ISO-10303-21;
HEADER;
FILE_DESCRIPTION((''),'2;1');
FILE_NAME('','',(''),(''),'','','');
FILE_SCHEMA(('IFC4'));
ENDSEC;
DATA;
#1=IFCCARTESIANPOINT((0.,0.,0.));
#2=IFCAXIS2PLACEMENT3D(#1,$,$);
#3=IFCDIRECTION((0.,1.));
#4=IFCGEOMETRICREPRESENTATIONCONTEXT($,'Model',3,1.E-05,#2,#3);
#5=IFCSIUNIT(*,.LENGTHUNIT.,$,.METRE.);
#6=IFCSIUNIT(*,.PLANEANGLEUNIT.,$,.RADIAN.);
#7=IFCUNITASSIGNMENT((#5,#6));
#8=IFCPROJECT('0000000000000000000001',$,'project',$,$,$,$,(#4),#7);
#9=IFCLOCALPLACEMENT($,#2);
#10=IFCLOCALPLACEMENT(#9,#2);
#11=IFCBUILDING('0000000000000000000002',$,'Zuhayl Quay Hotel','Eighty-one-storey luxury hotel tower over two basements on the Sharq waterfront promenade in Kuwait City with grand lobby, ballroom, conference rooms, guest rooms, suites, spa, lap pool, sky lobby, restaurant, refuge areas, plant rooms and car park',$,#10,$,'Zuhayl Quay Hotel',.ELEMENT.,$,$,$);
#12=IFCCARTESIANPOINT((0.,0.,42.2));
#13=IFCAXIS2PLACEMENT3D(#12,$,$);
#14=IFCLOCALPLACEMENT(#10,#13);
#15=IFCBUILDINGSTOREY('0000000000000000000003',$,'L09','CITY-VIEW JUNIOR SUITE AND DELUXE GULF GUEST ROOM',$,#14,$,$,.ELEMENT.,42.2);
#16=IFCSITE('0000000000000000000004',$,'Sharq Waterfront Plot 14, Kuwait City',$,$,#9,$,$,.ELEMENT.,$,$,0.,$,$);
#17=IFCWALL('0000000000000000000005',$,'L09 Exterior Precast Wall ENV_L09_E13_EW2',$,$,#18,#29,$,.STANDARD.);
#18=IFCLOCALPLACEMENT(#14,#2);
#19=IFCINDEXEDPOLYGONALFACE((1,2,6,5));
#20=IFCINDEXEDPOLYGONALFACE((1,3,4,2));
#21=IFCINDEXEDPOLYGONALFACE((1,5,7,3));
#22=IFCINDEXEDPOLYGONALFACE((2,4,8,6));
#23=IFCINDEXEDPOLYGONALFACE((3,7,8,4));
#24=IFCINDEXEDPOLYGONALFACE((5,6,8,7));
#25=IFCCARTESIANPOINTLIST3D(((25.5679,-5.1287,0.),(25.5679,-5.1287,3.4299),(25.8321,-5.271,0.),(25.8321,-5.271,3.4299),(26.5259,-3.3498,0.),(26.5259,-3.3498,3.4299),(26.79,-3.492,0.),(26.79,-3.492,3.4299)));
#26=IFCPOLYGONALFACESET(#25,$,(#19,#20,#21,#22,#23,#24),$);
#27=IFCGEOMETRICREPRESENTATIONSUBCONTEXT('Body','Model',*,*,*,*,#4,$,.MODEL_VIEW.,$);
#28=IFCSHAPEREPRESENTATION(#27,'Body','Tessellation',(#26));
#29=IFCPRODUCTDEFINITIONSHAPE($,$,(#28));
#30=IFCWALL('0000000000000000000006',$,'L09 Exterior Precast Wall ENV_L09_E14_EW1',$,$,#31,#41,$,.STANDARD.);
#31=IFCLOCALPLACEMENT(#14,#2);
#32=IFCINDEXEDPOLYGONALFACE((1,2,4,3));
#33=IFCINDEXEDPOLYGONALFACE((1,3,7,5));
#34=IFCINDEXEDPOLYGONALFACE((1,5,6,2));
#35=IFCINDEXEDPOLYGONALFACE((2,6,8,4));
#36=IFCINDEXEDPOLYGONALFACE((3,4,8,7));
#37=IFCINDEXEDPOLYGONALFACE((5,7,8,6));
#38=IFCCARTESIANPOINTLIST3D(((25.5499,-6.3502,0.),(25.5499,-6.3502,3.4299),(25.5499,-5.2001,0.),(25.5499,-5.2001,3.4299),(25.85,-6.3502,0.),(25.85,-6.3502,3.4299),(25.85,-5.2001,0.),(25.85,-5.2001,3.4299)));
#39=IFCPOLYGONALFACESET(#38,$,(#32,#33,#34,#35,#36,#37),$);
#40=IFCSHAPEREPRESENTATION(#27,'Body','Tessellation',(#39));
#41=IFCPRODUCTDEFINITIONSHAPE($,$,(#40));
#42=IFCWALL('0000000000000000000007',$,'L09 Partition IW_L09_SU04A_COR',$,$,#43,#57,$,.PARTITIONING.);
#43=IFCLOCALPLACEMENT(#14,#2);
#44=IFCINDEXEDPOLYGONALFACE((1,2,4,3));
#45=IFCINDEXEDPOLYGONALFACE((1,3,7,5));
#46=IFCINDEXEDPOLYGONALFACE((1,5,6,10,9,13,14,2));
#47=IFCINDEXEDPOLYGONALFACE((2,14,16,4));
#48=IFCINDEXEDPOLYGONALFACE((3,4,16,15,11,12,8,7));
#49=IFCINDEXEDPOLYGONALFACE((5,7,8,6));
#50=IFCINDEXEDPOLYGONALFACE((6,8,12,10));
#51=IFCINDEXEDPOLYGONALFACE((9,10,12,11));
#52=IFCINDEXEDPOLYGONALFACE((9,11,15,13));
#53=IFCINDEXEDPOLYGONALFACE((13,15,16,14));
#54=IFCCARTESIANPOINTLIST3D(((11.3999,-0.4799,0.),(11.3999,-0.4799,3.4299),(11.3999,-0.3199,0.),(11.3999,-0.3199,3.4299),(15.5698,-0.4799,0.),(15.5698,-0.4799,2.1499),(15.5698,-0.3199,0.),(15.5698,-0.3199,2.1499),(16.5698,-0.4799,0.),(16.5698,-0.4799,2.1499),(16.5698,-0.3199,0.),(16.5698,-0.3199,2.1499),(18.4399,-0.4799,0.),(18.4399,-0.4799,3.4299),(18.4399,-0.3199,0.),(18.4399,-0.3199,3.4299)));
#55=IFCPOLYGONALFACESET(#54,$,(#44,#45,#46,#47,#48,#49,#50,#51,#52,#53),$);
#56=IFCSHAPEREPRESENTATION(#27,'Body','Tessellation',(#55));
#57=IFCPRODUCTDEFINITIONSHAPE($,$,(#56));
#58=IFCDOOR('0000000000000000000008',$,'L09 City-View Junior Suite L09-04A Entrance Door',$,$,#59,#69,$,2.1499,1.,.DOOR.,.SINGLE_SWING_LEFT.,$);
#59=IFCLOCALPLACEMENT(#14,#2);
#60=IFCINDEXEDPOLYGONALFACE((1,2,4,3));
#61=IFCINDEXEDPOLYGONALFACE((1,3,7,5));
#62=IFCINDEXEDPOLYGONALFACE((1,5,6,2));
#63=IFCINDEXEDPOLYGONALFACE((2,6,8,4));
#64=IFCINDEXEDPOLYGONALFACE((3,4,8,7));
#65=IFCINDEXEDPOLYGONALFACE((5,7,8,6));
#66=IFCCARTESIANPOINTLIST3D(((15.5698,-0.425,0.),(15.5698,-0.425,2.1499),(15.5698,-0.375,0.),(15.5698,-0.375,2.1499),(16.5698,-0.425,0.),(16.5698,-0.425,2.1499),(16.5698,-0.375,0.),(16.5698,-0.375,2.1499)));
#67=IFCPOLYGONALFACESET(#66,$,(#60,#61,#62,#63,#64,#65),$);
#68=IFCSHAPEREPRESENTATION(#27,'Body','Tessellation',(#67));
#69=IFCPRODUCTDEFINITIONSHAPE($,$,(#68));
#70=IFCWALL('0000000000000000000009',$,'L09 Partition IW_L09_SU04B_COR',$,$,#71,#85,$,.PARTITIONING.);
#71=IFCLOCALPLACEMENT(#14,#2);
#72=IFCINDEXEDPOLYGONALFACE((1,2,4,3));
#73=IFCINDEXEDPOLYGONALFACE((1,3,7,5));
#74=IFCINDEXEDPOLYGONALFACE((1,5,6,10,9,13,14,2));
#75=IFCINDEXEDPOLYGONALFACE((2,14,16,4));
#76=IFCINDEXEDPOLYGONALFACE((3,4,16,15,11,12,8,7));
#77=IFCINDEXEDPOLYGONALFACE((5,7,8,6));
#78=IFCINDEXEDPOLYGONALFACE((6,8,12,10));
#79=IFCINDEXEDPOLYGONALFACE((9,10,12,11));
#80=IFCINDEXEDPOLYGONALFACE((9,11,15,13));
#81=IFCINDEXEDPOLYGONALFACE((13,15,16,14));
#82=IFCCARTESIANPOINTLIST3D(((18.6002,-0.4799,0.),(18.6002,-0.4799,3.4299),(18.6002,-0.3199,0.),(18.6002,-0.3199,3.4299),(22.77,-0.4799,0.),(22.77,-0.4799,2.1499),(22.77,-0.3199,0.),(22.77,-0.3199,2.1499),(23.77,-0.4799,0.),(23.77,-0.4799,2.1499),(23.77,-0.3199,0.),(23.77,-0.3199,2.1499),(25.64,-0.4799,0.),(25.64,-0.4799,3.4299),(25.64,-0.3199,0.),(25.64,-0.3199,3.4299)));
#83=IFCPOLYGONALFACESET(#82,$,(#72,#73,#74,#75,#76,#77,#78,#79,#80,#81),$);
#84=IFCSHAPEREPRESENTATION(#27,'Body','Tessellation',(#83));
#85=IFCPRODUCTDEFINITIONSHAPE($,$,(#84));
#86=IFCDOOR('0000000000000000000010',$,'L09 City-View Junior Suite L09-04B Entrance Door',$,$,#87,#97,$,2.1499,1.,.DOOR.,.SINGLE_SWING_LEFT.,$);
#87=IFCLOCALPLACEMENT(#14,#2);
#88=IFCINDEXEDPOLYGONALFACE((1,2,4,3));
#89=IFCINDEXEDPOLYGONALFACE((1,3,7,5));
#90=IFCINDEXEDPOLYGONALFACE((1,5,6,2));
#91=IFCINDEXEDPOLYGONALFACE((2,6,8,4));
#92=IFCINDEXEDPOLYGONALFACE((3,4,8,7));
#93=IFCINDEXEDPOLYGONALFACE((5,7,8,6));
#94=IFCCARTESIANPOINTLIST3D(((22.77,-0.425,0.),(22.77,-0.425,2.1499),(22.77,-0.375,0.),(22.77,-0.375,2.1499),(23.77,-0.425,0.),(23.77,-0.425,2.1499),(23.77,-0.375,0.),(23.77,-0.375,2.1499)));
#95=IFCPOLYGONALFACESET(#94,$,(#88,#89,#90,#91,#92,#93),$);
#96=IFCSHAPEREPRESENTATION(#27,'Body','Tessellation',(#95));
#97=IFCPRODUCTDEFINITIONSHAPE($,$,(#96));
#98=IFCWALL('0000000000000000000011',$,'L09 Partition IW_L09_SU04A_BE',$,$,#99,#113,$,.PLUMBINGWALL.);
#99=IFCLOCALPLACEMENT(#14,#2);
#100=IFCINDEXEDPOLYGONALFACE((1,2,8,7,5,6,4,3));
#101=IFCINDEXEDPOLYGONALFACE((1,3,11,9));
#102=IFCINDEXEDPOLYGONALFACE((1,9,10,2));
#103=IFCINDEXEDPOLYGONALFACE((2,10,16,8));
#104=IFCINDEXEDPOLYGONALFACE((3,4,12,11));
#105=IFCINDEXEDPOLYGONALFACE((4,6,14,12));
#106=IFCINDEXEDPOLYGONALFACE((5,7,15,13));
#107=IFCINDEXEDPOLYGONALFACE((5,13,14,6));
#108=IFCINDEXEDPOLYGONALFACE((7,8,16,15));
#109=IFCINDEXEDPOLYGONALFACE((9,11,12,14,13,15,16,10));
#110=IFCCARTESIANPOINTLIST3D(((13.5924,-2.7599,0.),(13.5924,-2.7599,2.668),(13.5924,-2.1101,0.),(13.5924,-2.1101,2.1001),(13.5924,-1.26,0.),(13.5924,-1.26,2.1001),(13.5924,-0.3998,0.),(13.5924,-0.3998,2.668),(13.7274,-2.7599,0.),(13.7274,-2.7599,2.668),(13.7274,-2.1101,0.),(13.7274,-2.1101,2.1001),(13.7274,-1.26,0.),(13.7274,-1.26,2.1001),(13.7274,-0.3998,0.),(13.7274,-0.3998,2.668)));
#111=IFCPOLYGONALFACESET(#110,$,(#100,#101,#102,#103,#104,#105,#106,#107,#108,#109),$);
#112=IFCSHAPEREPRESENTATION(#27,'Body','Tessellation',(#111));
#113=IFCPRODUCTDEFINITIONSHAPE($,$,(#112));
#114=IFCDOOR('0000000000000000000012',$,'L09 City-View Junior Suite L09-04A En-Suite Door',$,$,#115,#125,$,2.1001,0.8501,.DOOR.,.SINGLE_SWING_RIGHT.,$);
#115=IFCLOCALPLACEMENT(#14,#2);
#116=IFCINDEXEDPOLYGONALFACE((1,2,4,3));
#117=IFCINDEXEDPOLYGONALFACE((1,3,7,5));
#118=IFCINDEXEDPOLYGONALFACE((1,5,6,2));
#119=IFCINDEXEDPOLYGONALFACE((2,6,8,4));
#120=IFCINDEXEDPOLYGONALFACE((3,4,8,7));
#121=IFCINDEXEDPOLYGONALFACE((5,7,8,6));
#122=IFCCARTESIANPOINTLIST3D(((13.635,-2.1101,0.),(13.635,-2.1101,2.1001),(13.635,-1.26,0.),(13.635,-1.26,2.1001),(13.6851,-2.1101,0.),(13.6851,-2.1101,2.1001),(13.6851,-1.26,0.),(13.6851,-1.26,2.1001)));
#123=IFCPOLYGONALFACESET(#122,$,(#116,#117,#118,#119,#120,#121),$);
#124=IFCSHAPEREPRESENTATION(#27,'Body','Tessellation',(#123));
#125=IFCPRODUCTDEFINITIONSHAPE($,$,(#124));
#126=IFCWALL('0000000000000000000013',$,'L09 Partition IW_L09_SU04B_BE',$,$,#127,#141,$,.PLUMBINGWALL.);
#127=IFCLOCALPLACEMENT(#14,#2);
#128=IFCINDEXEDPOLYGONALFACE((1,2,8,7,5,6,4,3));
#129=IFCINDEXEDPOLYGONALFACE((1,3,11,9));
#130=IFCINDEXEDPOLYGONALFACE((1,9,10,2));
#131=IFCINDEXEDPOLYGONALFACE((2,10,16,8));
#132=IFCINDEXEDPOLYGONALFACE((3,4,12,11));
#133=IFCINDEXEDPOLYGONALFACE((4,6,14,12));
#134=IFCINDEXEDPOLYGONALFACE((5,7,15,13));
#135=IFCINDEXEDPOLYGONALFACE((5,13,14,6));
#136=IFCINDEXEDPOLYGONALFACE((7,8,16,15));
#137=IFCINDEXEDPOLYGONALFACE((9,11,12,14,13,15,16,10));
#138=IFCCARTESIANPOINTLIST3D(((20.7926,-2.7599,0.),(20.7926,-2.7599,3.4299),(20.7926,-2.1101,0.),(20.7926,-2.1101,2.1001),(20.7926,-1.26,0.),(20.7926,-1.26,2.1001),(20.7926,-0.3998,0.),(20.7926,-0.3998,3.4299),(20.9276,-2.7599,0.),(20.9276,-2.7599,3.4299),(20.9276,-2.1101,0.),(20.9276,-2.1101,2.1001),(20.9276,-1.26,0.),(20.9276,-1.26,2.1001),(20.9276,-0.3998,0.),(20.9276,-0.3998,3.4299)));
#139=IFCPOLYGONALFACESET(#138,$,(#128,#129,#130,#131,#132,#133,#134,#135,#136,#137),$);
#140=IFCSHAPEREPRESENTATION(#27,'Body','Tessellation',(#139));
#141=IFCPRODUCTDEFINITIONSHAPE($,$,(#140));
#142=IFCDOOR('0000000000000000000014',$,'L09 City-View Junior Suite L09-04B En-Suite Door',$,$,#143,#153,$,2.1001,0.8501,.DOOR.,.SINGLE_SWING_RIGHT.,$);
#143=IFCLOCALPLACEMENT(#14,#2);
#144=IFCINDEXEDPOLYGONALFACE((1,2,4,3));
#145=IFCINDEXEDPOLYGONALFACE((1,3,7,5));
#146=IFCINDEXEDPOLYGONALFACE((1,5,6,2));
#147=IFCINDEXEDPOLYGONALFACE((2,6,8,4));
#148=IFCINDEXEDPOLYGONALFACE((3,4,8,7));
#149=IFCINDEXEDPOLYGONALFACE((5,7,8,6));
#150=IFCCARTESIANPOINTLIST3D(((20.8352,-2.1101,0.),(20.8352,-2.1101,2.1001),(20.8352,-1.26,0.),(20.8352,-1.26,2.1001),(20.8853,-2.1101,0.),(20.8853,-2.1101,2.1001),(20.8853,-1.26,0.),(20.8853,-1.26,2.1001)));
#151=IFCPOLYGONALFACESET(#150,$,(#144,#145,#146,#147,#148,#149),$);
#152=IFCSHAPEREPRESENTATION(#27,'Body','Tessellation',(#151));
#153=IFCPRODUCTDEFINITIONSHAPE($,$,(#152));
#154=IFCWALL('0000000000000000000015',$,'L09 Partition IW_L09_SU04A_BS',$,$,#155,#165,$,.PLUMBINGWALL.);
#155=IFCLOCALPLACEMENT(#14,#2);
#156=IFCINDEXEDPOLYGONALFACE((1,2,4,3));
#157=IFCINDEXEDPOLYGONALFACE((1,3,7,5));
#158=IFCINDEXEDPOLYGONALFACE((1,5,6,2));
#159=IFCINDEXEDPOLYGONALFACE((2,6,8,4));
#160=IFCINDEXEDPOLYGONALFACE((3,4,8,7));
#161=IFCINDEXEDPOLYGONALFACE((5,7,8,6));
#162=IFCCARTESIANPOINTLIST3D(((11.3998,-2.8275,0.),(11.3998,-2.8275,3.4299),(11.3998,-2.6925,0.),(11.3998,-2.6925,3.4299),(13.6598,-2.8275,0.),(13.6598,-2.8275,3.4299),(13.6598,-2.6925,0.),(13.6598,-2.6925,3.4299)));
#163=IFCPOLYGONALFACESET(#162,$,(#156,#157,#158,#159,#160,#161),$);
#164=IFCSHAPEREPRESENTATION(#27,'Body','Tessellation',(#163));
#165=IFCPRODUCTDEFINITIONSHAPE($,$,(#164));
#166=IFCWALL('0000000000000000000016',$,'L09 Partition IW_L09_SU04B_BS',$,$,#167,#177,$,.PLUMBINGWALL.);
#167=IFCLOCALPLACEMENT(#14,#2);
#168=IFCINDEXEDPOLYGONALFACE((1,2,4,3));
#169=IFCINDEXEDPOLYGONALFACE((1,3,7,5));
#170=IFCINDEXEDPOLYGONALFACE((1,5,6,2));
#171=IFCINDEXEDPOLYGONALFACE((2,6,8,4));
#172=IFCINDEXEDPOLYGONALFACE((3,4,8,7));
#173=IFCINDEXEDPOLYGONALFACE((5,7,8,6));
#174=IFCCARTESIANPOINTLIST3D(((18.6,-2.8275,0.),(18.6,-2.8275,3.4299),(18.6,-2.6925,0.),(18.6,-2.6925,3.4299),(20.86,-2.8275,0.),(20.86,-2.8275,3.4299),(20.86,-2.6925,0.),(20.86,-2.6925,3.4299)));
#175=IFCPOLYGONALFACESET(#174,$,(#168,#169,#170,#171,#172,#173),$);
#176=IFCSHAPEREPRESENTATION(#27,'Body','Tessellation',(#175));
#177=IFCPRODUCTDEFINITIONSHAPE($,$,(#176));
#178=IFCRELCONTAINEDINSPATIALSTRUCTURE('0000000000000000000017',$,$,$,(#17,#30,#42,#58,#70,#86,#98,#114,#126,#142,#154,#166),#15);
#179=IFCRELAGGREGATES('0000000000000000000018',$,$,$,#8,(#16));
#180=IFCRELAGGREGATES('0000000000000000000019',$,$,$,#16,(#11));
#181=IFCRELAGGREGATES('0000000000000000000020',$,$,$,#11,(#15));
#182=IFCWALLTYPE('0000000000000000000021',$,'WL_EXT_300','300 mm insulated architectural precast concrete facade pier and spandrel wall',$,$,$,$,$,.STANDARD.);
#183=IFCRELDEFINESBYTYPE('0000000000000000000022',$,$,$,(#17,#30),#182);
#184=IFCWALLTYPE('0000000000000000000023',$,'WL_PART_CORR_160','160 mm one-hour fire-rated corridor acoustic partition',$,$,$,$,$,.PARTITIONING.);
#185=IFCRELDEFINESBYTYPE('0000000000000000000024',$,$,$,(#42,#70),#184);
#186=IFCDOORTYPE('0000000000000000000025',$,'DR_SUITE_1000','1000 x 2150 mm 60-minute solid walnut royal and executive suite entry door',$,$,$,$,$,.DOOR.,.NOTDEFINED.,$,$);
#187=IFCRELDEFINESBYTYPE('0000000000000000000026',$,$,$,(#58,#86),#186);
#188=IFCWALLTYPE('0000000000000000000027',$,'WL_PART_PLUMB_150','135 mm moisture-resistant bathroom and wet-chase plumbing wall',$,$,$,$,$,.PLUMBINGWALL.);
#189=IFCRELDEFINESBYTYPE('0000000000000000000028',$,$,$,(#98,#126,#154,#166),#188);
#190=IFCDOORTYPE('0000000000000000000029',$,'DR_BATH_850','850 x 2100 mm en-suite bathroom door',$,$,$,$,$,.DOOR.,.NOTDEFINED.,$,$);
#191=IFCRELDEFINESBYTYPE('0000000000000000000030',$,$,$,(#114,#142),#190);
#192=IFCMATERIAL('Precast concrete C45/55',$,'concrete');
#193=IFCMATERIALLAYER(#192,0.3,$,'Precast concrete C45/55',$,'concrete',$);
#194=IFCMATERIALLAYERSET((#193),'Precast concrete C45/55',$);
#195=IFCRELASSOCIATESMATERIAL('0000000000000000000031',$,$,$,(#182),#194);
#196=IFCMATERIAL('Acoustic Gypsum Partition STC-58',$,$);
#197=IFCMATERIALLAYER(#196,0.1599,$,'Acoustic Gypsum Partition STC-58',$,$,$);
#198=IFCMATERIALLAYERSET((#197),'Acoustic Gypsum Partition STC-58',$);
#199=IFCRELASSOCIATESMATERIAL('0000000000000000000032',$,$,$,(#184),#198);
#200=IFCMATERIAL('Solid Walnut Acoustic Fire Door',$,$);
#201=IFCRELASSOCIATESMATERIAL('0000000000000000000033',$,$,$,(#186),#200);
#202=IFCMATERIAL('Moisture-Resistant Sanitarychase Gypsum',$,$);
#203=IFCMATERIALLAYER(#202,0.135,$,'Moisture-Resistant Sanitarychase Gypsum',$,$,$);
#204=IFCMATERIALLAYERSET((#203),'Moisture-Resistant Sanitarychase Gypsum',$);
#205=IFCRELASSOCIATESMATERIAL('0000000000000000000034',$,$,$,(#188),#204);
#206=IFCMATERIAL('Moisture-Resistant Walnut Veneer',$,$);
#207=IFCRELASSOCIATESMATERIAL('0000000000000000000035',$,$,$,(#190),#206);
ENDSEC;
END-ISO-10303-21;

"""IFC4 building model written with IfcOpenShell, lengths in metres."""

from ifc_helpers import new_model, si_unit, direction, frame, frame_2d, origin, place, context, subcontext, project, spatial, rectangle, extrude, material, layer, layer_set, type_object, element, fill, save


model = new_model("IFC4")

# Units and contexts
model_context = context("Model", 3, precision=1e-05, world=origin(), true_north=direction((0.0, 1.0)))
body_context = subcontext(model_context, "Body", "Model", "MODEL_VIEW")
ifc_project = project(units=[si_unit("LENGTHUNIT", "METRE"), si_unit("PLANEANGLEUNIT", "RADIAN")], contexts=[model_context])

# Site, building, storey
site_placement = place(None, origin())
site = spatial("IfcSite", under=ifc_project, at=site_placement, Name="Sharq Waterfront Plot 14, Kuwait City", CompositionType="ELEMENT", RefElevation=0.0)
building_placement = place(site_placement, origin())
building = spatial("IfcBuilding", under=site, at=building_placement, Name="Zuhayl Quay Hotel", Description="Eighty-one-storey luxury hotel tower over two basements on the Sharq waterfront promenade in Kuwait City with grand lobby, ballroom, conference rooms, guest rooms, suites, spa, lap pool, sky lobby, restaurant, refuge areas, plant rooms and car park", LongName="Zuhayl Quay Hotel", CompositionType="ELEMENT")
storey_placement = place(building_placement, frame((0.0, 0.0, 42.2)))
storey = spatial("IfcBuildingStorey", under=building, at=storey_placement, Name="L09", Description="CITY-VIEW JUNIOR SUITE AND DELUXE GULF GUEST ROOM", CompositionType="ELEMENT", Elevation=42.2)

# Walls
ifc_material_1 = material(Name="Precast concrete C45/55", Category="concrete")
ifc_layer_1 = layer(ifc_material_1, 0.3, Name="Precast concrete C45/55", Category="concrete")
ifc_layer_set_1 = layer_set([ifc_layer_1], Name="Precast concrete C45/55")
wall_type_1 = type_object("IfcWallType", Name="WL_EXT_300", Description="300 mm insulated architectural precast concrete facade pier and spandrel wall", PredefinedType="STANDARD", material=ifc_layer_set_1)
wall_1_placement = place(storey_placement, frame((26.658, -3.4209, 0.0), z_axis=(0.0, 0.0, 1.0), x_axis=(-0.474121, -0.880459, 0.0)))
element("IfcWall", 1, at=wall_1_placement, inside=storey, type_object=wall_type_1, Name="L09 Exterior Precast Wall ENV_L09_E13_EW2", PredefinedType="STANDARD", context=body_context, shape_type="SweptSolid", body=[
    extrude(rectangle(XDim=2.0205, YDim=0.3, at=frame_2d((1.0103, 0.0))), origin(), (0.0, 0.0, 1.0), 3.4299),
])
wall_2_placement = place(storey_placement, frame((25.7, -5.2, 0.0), z_axis=(0.0, 0.0, 1.0), x_axis=(0.0, -1.0, 0.0)))
element("IfcWall", 2, at=wall_2_placement, inside=storey, type_object=wall_type_1, Name="L09 Exterior Precast Wall ENV_L09_E14_EW1", PredefinedType="STANDARD", context=body_context, shape_type="SweptSolid", body=[
    extrude(rectangle(XDim=1.1501, YDim=0.3, at=frame_2d((0.5752, 0.0))), origin(), (0.0, 0.0, 1.0), 3.4299),
])

# Walls, openings, doors
ifc_material_2 = material(Name="Acoustic Gypsum Partition STC-58")
ifc_layer_2 = layer(ifc_material_2, 0.1599, Name="Acoustic Gypsum Partition STC-58")
ifc_layer_set_2 = layer_set([ifc_layer_2], Name="Acoustic Gypsum Partition STC-58")
wall_type_2 = type_object("IfcWallType", Name="WL_PART_CORR_160", Description="160 mm one-hour fire-rated corridor acoustic partition", PredefinedType="PARTITIONING", material=ifc_layer_set_2)
wall_3_placement = place(storey_placement, frame((11.3999, -0.3999, 0.0), z_axis=(0.0, 0.0, 1.0), x_axis=(1.0, 0.0, 0.0)))
wall_3 = element("IfcWall", 3, at=wall_3_placement, inside=storey, type_object=wall_type_2, Name="L09 Partition IW_L09_SU04A_COR", PredefinedType="PARTITIONING", context=body_context, shape_type="SweptSolid", body=[
    extrude(rectangle(XDim=7.04, YDim=0.1599, at=frame_2d((3.52, 0.0))), origin(), (0.0, 0.0, 1.0), 3.4299),
])
opening_1_placement = place(wall_3_placement, frame((4.1699, 0.0, 0.0)))
opening_1 = element("IfcOpeningElement", 4, at=opening_1_placement, cuts=wall_3, PredefinedType="OPENING", context=body_context, shape_type="SweptSolid", body=[
    extrude(rectangle(XDim=1.0, YDim=2.1499, at=frame_2d((0.5, 1.075))), frame((0.0, 0.0898, 0.0), z_axis=(0.0, -1.0, 0.0), x_axis=(1.0, 0.0, 0.0)), (0.0, 0.0, 1.0), 0.1799),
])
ifc_material_3 = material(Name="Solid Walnut Acoustic Fire Door")
door_type_1 = type_object("IfcDoorType", Name="DR_SUITE_1000", Description="1000 x 2150 mm 60-minute solid walnut royal and executive suite entry door", OperationType="NOTDEFINED", PredefinedType="DOOR", material=ifc_material_3)
door_1_placement = place(opening_1_placement, origin())
door_1 = element("IfcDoor", 5, at=door_1_placement, inside=storey, type_object=door_type_1, Name="L09 City-View Junior Suite L09-04A Entrance Door", OperationType="SINGLE_SWING_LEFT", OverallHeight=2.1499, OverallWidth=1.0, PredefinedType="DOOR", context=body_context, shape_type="SweptSolid", body=[
    extrude(rectangle(XDim=1.0, YDim=2.1499, at=frame_2d((0.5, 1.075))), frame((0.0, 0.0249, 0.0), z_axis=(0.0, -1.0, 0.0), x_axis=(1.0, 0.0, 0.0)), (0.0, 0.0, 1.0), 0.05),
])
fill(opening_1, door_1)
wall_4_placement = place(storey_placement, frame((18.6001, -0.3999, 0.0), z_axis=(0.0, 0.0, 1.0), x_axis=(1.0, 0.0, 0.0)))
wall_4 = element("IfcWall", 6, at=wall_4_placement, inside=storey, type_object=wall_type_2, Name="L09 Partition IW_L09_SU04B_COR", PredefinedType="PARTITIONING", context=body_context, shape_type="SweptSolid", body=[
    extrude(rectangle(XDim=7.0398, YDim=0.1599, at=frame_2d((3.52, 0.0))), origin(), (0.0, 0.0, 1.0), 3.4299),
])
opening_2_placement = place(wall_4_placement, frame((4.1699, 0.0, 0.0)))
opening_2 = element("IfcOpeningElement", 7, at=opening_2_placement, cuts=wall_4, PredefinedType="OPENING", context=body_context, shape_type="SweptSolid", body=[
    extrude(rectangle(XDim=1.0, YDim=2.1499, at=frame_2d((0.5, 1.075))), frame((0.0, 0.0898, 0.0), z_axis=(0.0, -1.0, 0.0), x_axis=(1.0, 0.0, 0.0)), (0.0, 0.0, 1.0), 0.1799),
])
door_2_placement = place(opening_2_placement, origin())
door_2 = element("IfcDoor", 8, at=door_2_placement, inside=storey, type_object=door_type_1, Name="L09 City-View Junior Suite L09-04B Entrance Door", OperationType="SINGLE_SWING_LEFT", OverallHeight=2.1499, OverallWidth=1.0, PredefinedType="DOOR", context=body_context, shape_type="SweptSolid", body=[
    extrude(rectangle(XDim=1.0, YDim=2.1499, at=frame_2d((0.5, 1.075))), frame((0.0, 0.0249, 0.0), z_axis=(0.0, -1.0, 0.0), x_axis=(1.0, 0.0, 0.0)), (0.0, 0.0, 1.0), 0.05),
])
fill(opening_2, door_2)
ifc_material_4 = material(Name="Moisture-Resistant Sanitarychase Gypsum")
ifc_layer_3 = layer(ifc_material_4, 0.135, Name="Moisture-Resistant Sanitarychase Gypsum")
ifc_layer_set_3 = layer_set([ifc_layer_3], Name="Moisture-Resistant Sanitarychase Gypsum")
wall_type_3 = type_object("IfcWallType", Name="WL_PART_PLUMB_150", Description="135 mm moisture-resistant bathroom and wet-chase plumbing wall", PredefinedType="PLUMBINGWALL", material=ifc_layer_set_3)
wall_5_placement = place(storey_placement, frame((13.6599, -2.76, 0.0), z_axis=(0.0, 0.0, 1.0), x_axis=(0.0, 1.0, 0.0)))
wall_5 = element("IfcWall", 9, at=wall_5_placement, inside=storey, type_object=wall_type_3, Name="L09 Partition IW_L09_SU04A_BE", PredefinedType="PLUMBINGWALL", context=body_context, shape_type="SweptSolid", body=[
    extrude(rectangle(XDim=2.3601, YDim=0.135, at=frame_2d((1.1802, 0.0))), origin(), (0.0, 0.0, 1.0), 2.668),
])
opening_3_placement = place(wall_5_placement, frame((0.6499, 0.0, 0.0)))
opening_3 = element("IfcOpeningElement", 10, at=opening_3_placement, cuts=wall_5, PredefinedType="OPENING", context=body_context, shape_type="SweptSolid", body=[
    extrude(rectangle(XDim=0.8501, YDim=2.1001, at=frame_2d((0.425, 1.05))), frame((0.0, 0.0774, 0.0), z_axis=(0.0, -1.0, 0.0), x_axis=(1.0, 0.0, 0.0)), (0.0, 0.0, 1.0), 0.155),
])
ifc_material_5 = material(Name="Moisture-Resistant Walnut Veneer")
door_type_2 = type_object("IfcDoorType", Name="DR_BATH_850", Description="850 x 2100 mm en-suite bathroom door", OperationType="NOTDEFINED", PredefinedType="DOOR", material=ifc_material_5)
door_3_placement = place(opening_3_placement, origin())
door_3 = element("IfcDoor", 11, at=door_3_placement, inside=storey, type_object=door_type_2, Name="L09 City-View Junior Suite L09-04A En-Suite Door", OperationType="SINGLE_SWING_RIGHT", OverallHeight=2.1001, OverallWidth=0.8501, PredefinedType="DOOR", context=body_context, shape_type="SweptSolid", body=[
    extrude(rectangle(XDim=0.8501, YDim=2.1001, at=frame_2d((0.425, 1.05))), frame((0.0, 0.0249, 0.0), z_axis=(0.0, -1.0, 0.0), x_axis=(1.0, 0.0, 0.0)), (0.0, 0.0, 1.0), 0.05),
])
fill(opening_3, door_3)
wall_6_placement = place(storey_placement, frame((20.8601, -2.76, 0.0), z_axis=(0.0, 0.0, 1.0), x_axis=(0.0, 1.0, 0.0)))
wall_6 = element("IfcWall", 12, at=wall_6_placement, inside=storey, type_object=wall_type_3, Name="L09 Partition IW_L09_SU04B_BE", PredefinedType="PLUMBINGWALL", context=body_context, shape_type="SweptSolid", body=[
    extrude(rectangle(XDim=2.3601, YDim=0.135, at=frame_2d((1.1802, 0.0))), origin(), (0.0, 0.0, 1.0), 3.4299),
])
opening_4_placement = place(wall_6_placement, frame((0.6499, 0.0, 0.0)))
opening_4 = element("IfcOpeningElement", 13, at=opening_4_placement, cuts=wall_6, PredefinedType="OPENING", context=body_context, shape_type="SweptSolid", body=[
    extrude(rectangle(XDim=0.8501, YDim=2.1001, at=frame_2d((0.425, 1.05))), frame((0.0, 0.0774, 0.0), z_axis=(0.0, -1.0, 0.0), x_axis=(1.0, 0.0, 0.0)), (0.0, 0.0, 1.0), 0.155),
])
door_4_placement = place(opening_4_placement, origin())
door_4 = element("IfcDoor", 14, at=door_4_placement, inside=storey, type_object=door_type_2, Name="L09 City-View Junior Suite L09-04B En-Suite Door", OperationType="SINGLE_SWING_RIGHT", OverallHeight=2.1001, OverallWidth=0.8501, PredefinedType="DOOR", context=body_context, shape_type="SweptSolid", body=[
    extrude(rectangle(XDim=0.8501, YDim=2.1001, at=frame_2d((0.425, 1.05))), frame((0.0, 0.0249, 0.0), z_axis=(0.0, -1.0, 0.0), x_axis=(1.0, 0.0, 0.0)), (0.0, 0.0, 1.0), 0.05),
])
fill(opening_4, door_4)

# Walls
for number, where, z_axis, x_axis, name in (
    (15, (11.3999, -2.76, 0.0), (0.0, 0.0, 1.0), (1.0, 0.0, 0.0), "L09 Partition IW_L09_SU04A_BS"),
    (16, (18.6001, -2.76, 0.0), (0.0, 0.0, 1.0), (1.0, 0.0, 0.0), "L09 Partition IW_L09_SU04B_BS"),
):
    element("IfcWall", number, at=place(storey_placement, frame(where, z_axis=z_axis, x_axis=x_axis)), inside=storey, type_object=wall_type_3, Name=name, PredefinedType="PLUMBINGWALL", context=body_context, shape_type="SweptSolid", body=[
        extrude(rectangle(XDim=2.26, YDim=0.135, at=frame_2d((1.1299, 0.0))), origin(), (0.0, 0.0, 1.0), 3.4299),
    ])

save(model, "model.ifc")
